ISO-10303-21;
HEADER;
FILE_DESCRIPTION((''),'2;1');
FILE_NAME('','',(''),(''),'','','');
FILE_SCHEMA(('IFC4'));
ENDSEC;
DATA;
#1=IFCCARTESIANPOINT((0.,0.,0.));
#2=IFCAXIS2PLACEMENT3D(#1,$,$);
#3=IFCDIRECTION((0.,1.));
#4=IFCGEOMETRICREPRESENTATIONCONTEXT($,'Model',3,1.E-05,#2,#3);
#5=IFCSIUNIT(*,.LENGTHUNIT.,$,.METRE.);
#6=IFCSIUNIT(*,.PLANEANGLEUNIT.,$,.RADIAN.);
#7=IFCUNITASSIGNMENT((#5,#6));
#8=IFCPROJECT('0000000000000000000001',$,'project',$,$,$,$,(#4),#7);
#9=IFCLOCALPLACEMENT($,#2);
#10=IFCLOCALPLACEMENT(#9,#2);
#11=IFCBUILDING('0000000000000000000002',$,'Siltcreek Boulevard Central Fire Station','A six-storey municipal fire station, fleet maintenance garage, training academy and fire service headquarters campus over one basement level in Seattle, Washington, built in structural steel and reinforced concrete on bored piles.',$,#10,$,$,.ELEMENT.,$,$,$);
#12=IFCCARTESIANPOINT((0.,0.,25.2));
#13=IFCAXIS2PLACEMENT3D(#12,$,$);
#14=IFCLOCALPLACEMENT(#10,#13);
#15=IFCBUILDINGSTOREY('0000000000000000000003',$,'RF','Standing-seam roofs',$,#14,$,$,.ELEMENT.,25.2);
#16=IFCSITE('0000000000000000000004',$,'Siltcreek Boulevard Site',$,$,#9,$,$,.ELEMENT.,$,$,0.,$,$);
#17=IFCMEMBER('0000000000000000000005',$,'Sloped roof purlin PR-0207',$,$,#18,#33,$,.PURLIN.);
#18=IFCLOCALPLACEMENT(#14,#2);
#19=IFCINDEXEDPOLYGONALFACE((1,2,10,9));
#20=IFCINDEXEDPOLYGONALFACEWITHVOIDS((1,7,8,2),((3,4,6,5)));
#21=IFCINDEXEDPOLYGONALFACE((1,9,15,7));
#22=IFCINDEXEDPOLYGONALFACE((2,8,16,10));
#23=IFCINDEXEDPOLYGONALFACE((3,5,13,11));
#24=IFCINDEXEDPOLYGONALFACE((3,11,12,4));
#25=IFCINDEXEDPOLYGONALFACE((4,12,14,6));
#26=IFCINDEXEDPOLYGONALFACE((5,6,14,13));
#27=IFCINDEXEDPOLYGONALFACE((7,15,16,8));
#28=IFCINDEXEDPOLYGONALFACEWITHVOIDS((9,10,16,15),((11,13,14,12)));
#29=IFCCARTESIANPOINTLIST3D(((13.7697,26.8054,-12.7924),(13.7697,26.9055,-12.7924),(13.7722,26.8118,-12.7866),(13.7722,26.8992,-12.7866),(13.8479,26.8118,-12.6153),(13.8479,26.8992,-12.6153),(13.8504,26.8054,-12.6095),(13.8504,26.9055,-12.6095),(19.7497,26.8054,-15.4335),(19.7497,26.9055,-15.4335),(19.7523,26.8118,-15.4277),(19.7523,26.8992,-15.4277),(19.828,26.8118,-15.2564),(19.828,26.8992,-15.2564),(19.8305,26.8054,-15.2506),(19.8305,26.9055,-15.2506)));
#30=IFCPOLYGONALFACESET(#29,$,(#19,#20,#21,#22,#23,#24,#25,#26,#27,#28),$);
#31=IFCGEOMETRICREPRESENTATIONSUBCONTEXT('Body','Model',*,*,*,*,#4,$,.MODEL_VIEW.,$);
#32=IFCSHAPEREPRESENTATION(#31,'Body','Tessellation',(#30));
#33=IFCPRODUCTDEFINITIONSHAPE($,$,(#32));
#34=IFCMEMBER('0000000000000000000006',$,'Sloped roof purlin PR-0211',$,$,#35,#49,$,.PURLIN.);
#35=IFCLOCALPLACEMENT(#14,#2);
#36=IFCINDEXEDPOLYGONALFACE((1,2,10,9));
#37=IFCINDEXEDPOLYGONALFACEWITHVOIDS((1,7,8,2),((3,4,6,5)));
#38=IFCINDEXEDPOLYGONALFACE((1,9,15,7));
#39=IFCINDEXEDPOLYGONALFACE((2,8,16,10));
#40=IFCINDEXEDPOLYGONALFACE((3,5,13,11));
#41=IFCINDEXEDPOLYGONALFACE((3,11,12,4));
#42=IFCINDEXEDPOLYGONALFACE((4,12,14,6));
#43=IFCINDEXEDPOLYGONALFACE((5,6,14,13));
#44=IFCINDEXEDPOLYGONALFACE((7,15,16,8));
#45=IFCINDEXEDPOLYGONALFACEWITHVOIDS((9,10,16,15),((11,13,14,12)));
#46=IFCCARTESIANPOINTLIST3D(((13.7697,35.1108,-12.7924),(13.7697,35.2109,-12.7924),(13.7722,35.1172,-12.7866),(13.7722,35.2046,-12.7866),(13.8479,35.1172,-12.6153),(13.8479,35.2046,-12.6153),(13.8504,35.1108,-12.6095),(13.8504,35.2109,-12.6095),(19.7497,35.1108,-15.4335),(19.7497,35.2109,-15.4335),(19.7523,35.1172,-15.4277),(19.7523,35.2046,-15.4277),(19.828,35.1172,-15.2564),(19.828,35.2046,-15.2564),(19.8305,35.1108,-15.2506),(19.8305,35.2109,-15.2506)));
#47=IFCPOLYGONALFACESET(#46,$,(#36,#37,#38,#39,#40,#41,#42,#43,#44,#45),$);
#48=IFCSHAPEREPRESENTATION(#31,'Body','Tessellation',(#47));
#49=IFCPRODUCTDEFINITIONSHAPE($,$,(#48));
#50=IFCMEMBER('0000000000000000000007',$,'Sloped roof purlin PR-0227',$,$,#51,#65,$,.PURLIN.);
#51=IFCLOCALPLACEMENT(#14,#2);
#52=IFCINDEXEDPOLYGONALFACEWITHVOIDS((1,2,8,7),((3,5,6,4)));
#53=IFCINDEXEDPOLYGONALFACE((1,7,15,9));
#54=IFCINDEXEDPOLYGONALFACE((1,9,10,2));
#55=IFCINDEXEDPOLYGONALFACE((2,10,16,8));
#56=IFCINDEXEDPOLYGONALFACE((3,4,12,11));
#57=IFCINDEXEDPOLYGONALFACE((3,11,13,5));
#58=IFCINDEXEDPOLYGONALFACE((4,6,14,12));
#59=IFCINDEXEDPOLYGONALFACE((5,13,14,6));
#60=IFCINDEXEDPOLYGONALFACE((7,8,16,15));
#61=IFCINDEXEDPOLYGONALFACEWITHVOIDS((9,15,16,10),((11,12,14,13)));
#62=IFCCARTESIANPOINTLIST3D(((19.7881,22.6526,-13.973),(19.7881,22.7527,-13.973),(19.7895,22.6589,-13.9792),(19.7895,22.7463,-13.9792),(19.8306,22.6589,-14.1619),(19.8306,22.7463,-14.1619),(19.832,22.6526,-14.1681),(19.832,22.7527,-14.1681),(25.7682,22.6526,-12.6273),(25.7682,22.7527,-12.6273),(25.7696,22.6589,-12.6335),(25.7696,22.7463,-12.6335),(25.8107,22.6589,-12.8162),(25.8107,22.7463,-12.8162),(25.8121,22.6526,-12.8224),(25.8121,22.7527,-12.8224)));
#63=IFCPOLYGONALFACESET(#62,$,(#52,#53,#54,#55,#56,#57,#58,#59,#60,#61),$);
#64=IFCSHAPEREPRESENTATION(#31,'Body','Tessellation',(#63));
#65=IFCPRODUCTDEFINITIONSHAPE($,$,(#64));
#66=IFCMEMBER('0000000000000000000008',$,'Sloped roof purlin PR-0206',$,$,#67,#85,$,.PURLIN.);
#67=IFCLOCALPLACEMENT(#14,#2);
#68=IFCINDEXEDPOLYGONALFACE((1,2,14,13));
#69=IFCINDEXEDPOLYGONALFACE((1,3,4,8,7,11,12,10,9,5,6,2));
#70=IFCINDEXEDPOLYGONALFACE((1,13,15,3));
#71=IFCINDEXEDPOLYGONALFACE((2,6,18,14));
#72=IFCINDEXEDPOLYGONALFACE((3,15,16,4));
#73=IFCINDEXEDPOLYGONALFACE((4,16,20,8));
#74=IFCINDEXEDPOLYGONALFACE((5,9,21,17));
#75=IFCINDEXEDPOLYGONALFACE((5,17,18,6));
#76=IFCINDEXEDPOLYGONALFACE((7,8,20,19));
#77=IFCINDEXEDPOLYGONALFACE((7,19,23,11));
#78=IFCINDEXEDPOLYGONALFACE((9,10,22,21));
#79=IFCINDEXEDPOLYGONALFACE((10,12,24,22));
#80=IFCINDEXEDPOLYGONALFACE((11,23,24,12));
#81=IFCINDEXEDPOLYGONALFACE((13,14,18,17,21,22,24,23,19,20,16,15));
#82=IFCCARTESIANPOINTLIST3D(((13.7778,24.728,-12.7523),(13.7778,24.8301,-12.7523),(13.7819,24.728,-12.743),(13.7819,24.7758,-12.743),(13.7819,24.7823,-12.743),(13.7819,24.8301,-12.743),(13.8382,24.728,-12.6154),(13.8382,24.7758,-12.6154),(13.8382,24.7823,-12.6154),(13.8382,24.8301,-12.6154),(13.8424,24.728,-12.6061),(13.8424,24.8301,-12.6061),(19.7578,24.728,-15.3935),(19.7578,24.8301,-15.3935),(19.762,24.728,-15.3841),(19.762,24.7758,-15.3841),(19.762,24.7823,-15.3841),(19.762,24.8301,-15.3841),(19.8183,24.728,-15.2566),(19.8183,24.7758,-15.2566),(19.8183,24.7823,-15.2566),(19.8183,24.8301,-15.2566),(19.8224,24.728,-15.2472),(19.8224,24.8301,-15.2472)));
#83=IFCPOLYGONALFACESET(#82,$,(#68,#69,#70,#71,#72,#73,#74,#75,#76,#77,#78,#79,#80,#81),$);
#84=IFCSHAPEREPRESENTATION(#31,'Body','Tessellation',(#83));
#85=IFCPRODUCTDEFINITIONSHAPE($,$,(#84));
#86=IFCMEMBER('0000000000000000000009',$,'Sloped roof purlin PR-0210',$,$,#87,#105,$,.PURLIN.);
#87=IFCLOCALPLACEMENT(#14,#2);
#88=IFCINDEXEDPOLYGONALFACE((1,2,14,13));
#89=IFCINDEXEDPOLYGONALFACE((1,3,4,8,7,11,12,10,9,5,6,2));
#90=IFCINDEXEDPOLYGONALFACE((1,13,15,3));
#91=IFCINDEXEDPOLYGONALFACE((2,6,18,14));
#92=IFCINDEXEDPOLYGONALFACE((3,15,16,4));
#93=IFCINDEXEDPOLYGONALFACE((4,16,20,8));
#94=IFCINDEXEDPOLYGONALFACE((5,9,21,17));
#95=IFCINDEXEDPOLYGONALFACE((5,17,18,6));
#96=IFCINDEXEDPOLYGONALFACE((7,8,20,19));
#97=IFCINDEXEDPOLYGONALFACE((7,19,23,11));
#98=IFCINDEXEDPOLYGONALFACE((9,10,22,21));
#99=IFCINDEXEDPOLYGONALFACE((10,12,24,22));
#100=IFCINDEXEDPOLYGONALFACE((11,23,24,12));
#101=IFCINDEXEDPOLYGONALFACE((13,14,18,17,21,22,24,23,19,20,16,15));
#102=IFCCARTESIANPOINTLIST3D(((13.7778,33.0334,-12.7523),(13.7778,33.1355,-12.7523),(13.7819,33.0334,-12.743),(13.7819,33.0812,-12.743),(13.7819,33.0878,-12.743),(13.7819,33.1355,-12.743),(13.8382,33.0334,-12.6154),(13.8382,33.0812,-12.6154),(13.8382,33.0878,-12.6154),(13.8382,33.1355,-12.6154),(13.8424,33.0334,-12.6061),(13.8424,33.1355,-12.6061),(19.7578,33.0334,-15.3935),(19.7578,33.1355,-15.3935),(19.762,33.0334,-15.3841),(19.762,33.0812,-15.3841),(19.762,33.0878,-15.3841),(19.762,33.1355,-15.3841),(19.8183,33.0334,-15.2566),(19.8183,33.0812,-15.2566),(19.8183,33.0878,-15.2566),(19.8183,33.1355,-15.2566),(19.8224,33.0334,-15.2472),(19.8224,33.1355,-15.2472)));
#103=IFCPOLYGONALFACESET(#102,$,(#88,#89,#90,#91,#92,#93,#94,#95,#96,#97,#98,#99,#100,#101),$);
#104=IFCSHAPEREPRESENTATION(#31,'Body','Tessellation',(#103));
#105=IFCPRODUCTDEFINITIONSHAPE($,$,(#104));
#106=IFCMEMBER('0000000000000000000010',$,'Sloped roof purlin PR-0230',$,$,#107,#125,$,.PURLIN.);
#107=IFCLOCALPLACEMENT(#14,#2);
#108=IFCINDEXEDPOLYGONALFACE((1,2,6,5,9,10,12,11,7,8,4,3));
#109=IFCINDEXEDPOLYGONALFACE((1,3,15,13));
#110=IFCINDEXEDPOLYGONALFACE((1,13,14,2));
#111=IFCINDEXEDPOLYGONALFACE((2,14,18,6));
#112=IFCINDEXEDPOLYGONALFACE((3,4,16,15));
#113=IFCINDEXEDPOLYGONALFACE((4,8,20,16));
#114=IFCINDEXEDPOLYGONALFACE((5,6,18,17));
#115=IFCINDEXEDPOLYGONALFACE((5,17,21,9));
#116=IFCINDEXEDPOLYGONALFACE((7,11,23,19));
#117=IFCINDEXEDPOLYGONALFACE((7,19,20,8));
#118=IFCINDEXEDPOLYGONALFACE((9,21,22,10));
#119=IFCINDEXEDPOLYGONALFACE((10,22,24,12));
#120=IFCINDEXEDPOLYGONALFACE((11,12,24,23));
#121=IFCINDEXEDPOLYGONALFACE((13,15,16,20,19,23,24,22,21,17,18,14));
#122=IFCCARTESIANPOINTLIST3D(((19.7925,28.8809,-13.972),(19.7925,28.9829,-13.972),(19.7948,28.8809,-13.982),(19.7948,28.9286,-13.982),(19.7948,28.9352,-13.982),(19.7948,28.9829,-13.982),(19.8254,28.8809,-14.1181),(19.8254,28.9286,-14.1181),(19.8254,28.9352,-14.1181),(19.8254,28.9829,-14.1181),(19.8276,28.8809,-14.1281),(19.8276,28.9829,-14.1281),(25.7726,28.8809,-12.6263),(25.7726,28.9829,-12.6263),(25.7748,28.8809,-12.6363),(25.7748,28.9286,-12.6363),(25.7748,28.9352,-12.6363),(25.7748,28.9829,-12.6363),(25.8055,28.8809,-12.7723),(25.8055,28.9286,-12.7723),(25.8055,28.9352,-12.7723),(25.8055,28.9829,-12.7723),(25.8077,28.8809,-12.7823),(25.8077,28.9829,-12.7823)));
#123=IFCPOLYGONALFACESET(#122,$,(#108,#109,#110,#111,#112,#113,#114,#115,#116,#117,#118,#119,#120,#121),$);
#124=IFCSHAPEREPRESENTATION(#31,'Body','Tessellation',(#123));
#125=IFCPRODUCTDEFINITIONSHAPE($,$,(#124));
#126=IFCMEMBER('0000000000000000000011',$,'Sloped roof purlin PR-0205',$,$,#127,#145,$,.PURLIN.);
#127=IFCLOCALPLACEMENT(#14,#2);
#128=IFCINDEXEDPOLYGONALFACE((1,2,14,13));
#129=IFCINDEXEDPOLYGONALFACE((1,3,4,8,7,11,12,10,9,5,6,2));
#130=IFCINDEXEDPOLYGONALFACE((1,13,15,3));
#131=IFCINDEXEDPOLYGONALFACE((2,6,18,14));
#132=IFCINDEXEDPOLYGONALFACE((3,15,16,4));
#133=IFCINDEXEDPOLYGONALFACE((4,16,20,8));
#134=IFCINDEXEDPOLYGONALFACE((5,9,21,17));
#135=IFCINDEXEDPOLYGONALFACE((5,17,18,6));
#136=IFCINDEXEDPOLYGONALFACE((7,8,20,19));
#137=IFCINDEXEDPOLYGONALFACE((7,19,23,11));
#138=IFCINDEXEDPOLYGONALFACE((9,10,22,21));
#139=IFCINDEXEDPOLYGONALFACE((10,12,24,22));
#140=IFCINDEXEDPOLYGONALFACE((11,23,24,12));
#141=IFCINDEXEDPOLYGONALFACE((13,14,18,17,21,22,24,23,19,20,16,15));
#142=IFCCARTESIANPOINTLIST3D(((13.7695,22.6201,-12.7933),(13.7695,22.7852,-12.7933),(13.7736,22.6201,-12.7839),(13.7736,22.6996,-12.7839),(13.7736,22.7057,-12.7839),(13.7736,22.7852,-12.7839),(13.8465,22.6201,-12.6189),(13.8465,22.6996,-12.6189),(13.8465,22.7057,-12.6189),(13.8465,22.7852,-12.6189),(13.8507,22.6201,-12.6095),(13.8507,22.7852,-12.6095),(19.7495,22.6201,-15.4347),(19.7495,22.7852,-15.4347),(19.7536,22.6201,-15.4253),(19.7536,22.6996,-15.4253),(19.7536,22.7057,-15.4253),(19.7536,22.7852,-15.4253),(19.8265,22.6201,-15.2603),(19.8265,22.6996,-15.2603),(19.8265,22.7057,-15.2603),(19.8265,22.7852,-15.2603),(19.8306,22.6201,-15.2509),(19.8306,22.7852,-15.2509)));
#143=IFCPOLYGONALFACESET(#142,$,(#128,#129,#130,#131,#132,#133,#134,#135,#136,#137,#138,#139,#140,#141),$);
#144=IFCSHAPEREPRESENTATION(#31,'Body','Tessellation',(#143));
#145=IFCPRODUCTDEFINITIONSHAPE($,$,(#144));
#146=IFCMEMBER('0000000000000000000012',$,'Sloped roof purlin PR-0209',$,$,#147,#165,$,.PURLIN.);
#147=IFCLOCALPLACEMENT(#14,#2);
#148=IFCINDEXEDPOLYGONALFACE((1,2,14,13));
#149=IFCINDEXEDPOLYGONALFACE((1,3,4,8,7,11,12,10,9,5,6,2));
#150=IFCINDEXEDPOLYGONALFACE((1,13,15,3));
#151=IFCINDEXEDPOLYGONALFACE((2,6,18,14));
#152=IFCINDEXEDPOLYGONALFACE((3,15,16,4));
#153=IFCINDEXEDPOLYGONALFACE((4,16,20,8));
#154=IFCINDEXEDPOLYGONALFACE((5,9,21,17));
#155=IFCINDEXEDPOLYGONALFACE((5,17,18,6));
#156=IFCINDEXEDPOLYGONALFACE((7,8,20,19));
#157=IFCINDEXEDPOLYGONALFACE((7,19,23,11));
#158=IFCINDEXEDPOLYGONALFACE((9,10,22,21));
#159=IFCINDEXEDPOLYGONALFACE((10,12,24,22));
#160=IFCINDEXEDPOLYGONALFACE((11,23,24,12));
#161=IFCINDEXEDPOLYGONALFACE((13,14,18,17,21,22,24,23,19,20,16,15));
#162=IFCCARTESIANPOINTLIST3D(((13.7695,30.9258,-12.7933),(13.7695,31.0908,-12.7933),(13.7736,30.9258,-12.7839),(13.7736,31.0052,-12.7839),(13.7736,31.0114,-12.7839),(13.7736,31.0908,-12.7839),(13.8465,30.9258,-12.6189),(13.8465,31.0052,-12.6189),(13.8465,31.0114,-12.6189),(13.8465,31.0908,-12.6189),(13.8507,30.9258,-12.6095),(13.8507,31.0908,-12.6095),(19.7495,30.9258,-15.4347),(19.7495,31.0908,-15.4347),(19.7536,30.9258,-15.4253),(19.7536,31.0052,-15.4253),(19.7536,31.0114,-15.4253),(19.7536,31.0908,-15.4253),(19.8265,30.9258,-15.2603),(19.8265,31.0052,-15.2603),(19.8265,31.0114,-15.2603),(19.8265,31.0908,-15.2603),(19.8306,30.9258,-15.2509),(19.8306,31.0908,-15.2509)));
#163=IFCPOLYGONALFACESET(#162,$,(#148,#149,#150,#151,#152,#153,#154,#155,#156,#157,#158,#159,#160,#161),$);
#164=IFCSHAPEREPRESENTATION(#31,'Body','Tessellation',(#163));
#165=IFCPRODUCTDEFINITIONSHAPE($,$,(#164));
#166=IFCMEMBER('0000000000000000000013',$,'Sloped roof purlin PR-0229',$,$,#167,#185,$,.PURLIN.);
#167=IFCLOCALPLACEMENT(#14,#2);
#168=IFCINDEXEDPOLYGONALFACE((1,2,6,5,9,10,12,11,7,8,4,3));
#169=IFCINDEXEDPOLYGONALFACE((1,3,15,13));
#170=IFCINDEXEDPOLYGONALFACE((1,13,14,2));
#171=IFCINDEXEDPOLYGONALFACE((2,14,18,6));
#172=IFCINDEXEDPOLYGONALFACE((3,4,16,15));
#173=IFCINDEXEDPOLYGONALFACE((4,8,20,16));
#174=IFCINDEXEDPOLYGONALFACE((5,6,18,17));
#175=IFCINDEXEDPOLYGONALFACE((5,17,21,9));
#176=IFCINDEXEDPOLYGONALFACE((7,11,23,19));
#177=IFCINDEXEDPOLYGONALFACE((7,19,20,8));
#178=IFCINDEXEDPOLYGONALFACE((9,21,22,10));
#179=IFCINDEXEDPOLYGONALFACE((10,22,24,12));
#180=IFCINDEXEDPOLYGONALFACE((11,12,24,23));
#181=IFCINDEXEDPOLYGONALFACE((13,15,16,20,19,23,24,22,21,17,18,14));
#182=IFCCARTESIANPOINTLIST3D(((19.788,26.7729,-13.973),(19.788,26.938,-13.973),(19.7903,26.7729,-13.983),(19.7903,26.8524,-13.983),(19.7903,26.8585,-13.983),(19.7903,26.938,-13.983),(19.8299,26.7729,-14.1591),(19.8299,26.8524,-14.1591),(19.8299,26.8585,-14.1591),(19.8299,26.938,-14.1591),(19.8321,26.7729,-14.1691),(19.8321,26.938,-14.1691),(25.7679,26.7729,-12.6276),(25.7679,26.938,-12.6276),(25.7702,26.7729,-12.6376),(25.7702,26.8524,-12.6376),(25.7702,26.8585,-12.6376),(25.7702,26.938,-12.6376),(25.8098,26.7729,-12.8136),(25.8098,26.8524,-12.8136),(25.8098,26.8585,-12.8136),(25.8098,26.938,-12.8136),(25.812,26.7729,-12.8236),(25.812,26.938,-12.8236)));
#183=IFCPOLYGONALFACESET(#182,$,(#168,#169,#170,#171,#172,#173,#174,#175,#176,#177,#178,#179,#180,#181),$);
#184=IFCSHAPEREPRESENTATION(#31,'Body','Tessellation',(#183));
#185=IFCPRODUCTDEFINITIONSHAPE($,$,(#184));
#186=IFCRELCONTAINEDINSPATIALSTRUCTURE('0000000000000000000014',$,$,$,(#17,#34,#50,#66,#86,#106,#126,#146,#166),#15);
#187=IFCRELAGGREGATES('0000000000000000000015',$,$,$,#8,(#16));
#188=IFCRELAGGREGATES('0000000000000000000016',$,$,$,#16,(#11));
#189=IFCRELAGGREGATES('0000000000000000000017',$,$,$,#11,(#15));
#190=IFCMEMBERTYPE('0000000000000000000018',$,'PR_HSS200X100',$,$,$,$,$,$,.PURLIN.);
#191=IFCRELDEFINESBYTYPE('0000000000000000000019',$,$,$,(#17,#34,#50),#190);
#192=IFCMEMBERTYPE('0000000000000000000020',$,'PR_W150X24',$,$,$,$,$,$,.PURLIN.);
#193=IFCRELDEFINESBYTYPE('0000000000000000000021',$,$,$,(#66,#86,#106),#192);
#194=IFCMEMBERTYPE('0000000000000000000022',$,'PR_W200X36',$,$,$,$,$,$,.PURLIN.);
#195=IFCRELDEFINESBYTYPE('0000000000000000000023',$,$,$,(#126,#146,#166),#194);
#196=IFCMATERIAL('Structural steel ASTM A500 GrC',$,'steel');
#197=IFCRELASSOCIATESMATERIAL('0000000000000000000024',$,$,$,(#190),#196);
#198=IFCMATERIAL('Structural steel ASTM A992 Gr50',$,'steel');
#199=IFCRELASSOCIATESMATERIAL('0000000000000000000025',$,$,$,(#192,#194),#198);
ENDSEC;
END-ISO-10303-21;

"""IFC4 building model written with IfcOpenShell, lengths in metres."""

from ifc_helpers import new_model, si_unit, direction, frame, origin, origin_2d, place, context, subcontext, project, spatial, hollow_rectangle, i_section, extrude, material, material_profile, profile_set, type_object, element, save


model = new_model("IFC4")

# Units and contexts
model_context = context("Model", 3, precision=1e-05, world=origin(), true_north=direction((0.0, 1.0)))
body_context = subcontext(model_context, "Body", "Model", "MODEL_VIEW")
ifc_project = project(units=[si_unit("LENGTHUNIT", "METRE"), si_unit("PLANEANGLEUNIT", "RADIAN")], contexts=[model_context])

# Site, building, storey
site_placement = place(None, origin())
site = spatial("IfcSite", under=ifc_project, at=site_placement, Name="Siltcreek Boulevard Site", CompositionType="ELEMENT", RefElevation=0.0)
building_placement = place(site_placement, origin())
building = spatial("IfcBuilding", under=site, at=building_placement, Name="Siltcreek Boulevard Central Fire Station", Description="A six-storey municipal fire station, fleet maintenance garage, training academy and fire service headquarters campus over one basement level in Seattle, Washington, built in structural steel and reinforced concrete on bored piles.", CompositionType="ELEMENT")
storey_placement = place(building_placement, frame((0.0, 0.0, 25.2)))
storey = spatial("IfcBuildingStorey", under=building, at=storey_placement, Name="RF", Description="Standing-seam roofs", CompositionType="ELEMENT", Elevation=25.2)

# Members
ifc_material_1 = material(Name="Structural steel ASTM A500 GrC", Category="steel")
ifc_material_profile_1 = material_profile(ifc_material_1, hollow_rectangle(XDim=0.1001, YDim=0.2, WallThickness=0.0063, at=origin_2d()), Name="HSS200X100X6.4")
ifc_profile_set_1 = profile_set([ifc_material_profile_1], Name="Structural steel ASTM A500 GrC")
member_type_1 = type_object("IfcMemberType", Name="PR_HSS200X100", PredefinedType="PURLIN", material=ifc_profile_set_1)
for number, where, z_axis, x_axis, name in (
    (1, (13.8101, 26.8555, -12.7009), (0.914755, 0.0, -0.40401), (0.0, 1.0, 0.0), "Sloped roof purlin PR-0207"),
    (2, (13.8101, 35.1609, -12.7009), (0.914755, 0.0, -0.40401), (0.0, 1.0, 0.0), "Sloped roof purlin PR-0211"),
):
    element("IfcMember", number, at=place(storey_placement, frame(where, z_axis=z_axis, x_axis=x_axis)), inside=storey, type_object=member_type_1, Name=name, PredefinedType="PURLIN", context=body_context, shape_type="SweptSolid", body=[
        extrude(hollow_rectangle(XDim=0.1001, YDim=0.2, WallThickness=0.0063, at=origin_2d()), origin(), (0.0, 0.0, 1.0), 6.5374),
    ])
member_1_placement = place(storey_placement, frame((19.8101, 22.7026, -14.0706), z_axis=(0.975603, 0.0, 0.219544), x_axis=(0.0, 1.0, 0.0)))
element("IfcMember", 3, at=member_1_placement, inside=storey, type_object=member_type_1, Name="Sloped roof purlin PR-0227", PredefinedType="PURLIN", context=body_context, shape_type="SweptSolid", body=[
    extrude(hollow_rectangle(XDim=0.1001, YDim=0.2, WallThickness=0.0063, at=origin_2d()), origin(), (0.0, 0.0, 1.0), 6.1296),
])
ifc_material_2 = material(Name="Structural steel ASTM A992 Gr50", Category="steel")
ifc_material_profile_2 = material_profile(ifc_material_2, i_section(OverallWidth=0.1021, OverallDepth=0.1599, WebThickness=0.0066, FlangeThickness=0.0103, at=origin_2d()), Name="W150X24")
ifc_profile_set_2 = profile_set([ifc_material_profile_2], Name="Structural steel ASTM A992 Gr50")
member_type_2 = type_object("IfcMemberType", Name="PR_W150X24", PredefinedType="PURLIN", material=ifc_profile_set_2)
for number, where, z_axis, x_axis, name in (
    (4, (13.8101, 24.7791, -12.6792), (0.914755, 0.0, -0.40401), (0.0, 1.0, 0.0), "Sloped roof purlin PR-0206"),
    (5, (13.8101, 33.0845, -12.6792), (0.914755, 0.0, -0.40401), (0.0, 1.0, 0.0), "Sloped roof purlin PR-0210"),
):
    element("IfcMember", number, at=place(storey_placement, frame(where, z_axis=z_axis, x_axis=x_axis)), inside=storey, type_object=member_type_2, Name=name, PredefinedType="PURLIN", context=body_context, shape_type="SweptSolid", body=[
        extrude(i_section(OverallWidth=0.1021, OverallDepth=0.1599, WebThickness=0.0066, FlangeThickness=0.0103, at=origin_2d()), origin(), (0.0, 0.0, 1.0), 6.5374),
    ])
member_2_placement = place(storey_placement, frame((19.8101, 28.9319, -14.05), z_axis=(0.975603, 0.0, 0.219544), x_axis=(0.0, 1.0, 0.0)))
element("IfcMember", 6, at=member_2_placement, inside=storey, type_object=member_type_2, Name="Sloped roof purlin PR-0230", PredefinedType="PURLIN", context=body_context, shape_type="SweptSolid", body=[
    extrude(i_section(OverallWidth=0.1021, OverallDepth=0.1599, WebThickness=0.0066, FlangeThickness=0.0103, at=origin_2d()), origin(), (0.0, 0.0, 1.0), 6.1296),
])
ifc_material_profile_3 = material_profile(ifc_material_2, i_section(OverallWidth=0.165, OverallDepth=0.2009, WebThickness=0.0061, FlangeThickness=0.0103, at=origin_2d()), Name="W200X36")
ifc_profile_set_3 = profile_set([ifc_material_profile_3], Name="Structural steel ASTM A992 Gr50")
member_type_3 = type_object("IfcMemberType", Name="PR_W200X36", PredefinedType="PURLIN", material=ifc_profile_set_3)
for number, where, z_axis, x_axis, name in (
    (7, (13.8101, 22.7026, -12.7014), (0.914741, 0.0, -0.404041), (0.0, 1.0, 0.0), "Sloped roof purlin PR-0205"),
    (8, (13.8101, 31.0083, -12.7014), (0.914741, 0.0, -0.404041), (0.0, 1.0, 0.0), "Sloped roof purlin PR-0209"),
):
    element("IfcMember", number, at=place(storey_placement, frame(where, z_axis=z_axis, x_axis=x_axis)), inside=storey, type_object=member_type_3, Name=name, PredefinedType="PURLIN", context=body_context, shape_type="SweptSolid", body=[
        extrude(i_section(OverallWidth=0.165, OverallDepth=0.2009, WebThickness=0.0061, FlangeThickness=0.0103, at=origin_2d()), origin(), (0.0, 0.0, 1.0), 6.5374),
    ])
member_3_placement = place(storey_placement, frame((19.8101, 26.8555, -14.071), z_axis=(0.975611, 0.0, 0.219507), x_axis=(0.0, 1.0, 0.0)))
element("IfcMember", 9, at=member_3_placement, inside=storey, type_object=member_type_3, Name="Sloped roof purlin PR-0229", PredefinedType="PURLIN", context=body_context, shape_type="SweptSolid", body=[
    extrude(i_section(OverallWidth=0.165, OverallDepth=0.2009, WebThickness=0.0061, FlangeThickness=0.0103, at=origin_2d()), origin(), (0.0, 0.0, 1.0), 6.1294),
])

save(model, "model.ifc")
